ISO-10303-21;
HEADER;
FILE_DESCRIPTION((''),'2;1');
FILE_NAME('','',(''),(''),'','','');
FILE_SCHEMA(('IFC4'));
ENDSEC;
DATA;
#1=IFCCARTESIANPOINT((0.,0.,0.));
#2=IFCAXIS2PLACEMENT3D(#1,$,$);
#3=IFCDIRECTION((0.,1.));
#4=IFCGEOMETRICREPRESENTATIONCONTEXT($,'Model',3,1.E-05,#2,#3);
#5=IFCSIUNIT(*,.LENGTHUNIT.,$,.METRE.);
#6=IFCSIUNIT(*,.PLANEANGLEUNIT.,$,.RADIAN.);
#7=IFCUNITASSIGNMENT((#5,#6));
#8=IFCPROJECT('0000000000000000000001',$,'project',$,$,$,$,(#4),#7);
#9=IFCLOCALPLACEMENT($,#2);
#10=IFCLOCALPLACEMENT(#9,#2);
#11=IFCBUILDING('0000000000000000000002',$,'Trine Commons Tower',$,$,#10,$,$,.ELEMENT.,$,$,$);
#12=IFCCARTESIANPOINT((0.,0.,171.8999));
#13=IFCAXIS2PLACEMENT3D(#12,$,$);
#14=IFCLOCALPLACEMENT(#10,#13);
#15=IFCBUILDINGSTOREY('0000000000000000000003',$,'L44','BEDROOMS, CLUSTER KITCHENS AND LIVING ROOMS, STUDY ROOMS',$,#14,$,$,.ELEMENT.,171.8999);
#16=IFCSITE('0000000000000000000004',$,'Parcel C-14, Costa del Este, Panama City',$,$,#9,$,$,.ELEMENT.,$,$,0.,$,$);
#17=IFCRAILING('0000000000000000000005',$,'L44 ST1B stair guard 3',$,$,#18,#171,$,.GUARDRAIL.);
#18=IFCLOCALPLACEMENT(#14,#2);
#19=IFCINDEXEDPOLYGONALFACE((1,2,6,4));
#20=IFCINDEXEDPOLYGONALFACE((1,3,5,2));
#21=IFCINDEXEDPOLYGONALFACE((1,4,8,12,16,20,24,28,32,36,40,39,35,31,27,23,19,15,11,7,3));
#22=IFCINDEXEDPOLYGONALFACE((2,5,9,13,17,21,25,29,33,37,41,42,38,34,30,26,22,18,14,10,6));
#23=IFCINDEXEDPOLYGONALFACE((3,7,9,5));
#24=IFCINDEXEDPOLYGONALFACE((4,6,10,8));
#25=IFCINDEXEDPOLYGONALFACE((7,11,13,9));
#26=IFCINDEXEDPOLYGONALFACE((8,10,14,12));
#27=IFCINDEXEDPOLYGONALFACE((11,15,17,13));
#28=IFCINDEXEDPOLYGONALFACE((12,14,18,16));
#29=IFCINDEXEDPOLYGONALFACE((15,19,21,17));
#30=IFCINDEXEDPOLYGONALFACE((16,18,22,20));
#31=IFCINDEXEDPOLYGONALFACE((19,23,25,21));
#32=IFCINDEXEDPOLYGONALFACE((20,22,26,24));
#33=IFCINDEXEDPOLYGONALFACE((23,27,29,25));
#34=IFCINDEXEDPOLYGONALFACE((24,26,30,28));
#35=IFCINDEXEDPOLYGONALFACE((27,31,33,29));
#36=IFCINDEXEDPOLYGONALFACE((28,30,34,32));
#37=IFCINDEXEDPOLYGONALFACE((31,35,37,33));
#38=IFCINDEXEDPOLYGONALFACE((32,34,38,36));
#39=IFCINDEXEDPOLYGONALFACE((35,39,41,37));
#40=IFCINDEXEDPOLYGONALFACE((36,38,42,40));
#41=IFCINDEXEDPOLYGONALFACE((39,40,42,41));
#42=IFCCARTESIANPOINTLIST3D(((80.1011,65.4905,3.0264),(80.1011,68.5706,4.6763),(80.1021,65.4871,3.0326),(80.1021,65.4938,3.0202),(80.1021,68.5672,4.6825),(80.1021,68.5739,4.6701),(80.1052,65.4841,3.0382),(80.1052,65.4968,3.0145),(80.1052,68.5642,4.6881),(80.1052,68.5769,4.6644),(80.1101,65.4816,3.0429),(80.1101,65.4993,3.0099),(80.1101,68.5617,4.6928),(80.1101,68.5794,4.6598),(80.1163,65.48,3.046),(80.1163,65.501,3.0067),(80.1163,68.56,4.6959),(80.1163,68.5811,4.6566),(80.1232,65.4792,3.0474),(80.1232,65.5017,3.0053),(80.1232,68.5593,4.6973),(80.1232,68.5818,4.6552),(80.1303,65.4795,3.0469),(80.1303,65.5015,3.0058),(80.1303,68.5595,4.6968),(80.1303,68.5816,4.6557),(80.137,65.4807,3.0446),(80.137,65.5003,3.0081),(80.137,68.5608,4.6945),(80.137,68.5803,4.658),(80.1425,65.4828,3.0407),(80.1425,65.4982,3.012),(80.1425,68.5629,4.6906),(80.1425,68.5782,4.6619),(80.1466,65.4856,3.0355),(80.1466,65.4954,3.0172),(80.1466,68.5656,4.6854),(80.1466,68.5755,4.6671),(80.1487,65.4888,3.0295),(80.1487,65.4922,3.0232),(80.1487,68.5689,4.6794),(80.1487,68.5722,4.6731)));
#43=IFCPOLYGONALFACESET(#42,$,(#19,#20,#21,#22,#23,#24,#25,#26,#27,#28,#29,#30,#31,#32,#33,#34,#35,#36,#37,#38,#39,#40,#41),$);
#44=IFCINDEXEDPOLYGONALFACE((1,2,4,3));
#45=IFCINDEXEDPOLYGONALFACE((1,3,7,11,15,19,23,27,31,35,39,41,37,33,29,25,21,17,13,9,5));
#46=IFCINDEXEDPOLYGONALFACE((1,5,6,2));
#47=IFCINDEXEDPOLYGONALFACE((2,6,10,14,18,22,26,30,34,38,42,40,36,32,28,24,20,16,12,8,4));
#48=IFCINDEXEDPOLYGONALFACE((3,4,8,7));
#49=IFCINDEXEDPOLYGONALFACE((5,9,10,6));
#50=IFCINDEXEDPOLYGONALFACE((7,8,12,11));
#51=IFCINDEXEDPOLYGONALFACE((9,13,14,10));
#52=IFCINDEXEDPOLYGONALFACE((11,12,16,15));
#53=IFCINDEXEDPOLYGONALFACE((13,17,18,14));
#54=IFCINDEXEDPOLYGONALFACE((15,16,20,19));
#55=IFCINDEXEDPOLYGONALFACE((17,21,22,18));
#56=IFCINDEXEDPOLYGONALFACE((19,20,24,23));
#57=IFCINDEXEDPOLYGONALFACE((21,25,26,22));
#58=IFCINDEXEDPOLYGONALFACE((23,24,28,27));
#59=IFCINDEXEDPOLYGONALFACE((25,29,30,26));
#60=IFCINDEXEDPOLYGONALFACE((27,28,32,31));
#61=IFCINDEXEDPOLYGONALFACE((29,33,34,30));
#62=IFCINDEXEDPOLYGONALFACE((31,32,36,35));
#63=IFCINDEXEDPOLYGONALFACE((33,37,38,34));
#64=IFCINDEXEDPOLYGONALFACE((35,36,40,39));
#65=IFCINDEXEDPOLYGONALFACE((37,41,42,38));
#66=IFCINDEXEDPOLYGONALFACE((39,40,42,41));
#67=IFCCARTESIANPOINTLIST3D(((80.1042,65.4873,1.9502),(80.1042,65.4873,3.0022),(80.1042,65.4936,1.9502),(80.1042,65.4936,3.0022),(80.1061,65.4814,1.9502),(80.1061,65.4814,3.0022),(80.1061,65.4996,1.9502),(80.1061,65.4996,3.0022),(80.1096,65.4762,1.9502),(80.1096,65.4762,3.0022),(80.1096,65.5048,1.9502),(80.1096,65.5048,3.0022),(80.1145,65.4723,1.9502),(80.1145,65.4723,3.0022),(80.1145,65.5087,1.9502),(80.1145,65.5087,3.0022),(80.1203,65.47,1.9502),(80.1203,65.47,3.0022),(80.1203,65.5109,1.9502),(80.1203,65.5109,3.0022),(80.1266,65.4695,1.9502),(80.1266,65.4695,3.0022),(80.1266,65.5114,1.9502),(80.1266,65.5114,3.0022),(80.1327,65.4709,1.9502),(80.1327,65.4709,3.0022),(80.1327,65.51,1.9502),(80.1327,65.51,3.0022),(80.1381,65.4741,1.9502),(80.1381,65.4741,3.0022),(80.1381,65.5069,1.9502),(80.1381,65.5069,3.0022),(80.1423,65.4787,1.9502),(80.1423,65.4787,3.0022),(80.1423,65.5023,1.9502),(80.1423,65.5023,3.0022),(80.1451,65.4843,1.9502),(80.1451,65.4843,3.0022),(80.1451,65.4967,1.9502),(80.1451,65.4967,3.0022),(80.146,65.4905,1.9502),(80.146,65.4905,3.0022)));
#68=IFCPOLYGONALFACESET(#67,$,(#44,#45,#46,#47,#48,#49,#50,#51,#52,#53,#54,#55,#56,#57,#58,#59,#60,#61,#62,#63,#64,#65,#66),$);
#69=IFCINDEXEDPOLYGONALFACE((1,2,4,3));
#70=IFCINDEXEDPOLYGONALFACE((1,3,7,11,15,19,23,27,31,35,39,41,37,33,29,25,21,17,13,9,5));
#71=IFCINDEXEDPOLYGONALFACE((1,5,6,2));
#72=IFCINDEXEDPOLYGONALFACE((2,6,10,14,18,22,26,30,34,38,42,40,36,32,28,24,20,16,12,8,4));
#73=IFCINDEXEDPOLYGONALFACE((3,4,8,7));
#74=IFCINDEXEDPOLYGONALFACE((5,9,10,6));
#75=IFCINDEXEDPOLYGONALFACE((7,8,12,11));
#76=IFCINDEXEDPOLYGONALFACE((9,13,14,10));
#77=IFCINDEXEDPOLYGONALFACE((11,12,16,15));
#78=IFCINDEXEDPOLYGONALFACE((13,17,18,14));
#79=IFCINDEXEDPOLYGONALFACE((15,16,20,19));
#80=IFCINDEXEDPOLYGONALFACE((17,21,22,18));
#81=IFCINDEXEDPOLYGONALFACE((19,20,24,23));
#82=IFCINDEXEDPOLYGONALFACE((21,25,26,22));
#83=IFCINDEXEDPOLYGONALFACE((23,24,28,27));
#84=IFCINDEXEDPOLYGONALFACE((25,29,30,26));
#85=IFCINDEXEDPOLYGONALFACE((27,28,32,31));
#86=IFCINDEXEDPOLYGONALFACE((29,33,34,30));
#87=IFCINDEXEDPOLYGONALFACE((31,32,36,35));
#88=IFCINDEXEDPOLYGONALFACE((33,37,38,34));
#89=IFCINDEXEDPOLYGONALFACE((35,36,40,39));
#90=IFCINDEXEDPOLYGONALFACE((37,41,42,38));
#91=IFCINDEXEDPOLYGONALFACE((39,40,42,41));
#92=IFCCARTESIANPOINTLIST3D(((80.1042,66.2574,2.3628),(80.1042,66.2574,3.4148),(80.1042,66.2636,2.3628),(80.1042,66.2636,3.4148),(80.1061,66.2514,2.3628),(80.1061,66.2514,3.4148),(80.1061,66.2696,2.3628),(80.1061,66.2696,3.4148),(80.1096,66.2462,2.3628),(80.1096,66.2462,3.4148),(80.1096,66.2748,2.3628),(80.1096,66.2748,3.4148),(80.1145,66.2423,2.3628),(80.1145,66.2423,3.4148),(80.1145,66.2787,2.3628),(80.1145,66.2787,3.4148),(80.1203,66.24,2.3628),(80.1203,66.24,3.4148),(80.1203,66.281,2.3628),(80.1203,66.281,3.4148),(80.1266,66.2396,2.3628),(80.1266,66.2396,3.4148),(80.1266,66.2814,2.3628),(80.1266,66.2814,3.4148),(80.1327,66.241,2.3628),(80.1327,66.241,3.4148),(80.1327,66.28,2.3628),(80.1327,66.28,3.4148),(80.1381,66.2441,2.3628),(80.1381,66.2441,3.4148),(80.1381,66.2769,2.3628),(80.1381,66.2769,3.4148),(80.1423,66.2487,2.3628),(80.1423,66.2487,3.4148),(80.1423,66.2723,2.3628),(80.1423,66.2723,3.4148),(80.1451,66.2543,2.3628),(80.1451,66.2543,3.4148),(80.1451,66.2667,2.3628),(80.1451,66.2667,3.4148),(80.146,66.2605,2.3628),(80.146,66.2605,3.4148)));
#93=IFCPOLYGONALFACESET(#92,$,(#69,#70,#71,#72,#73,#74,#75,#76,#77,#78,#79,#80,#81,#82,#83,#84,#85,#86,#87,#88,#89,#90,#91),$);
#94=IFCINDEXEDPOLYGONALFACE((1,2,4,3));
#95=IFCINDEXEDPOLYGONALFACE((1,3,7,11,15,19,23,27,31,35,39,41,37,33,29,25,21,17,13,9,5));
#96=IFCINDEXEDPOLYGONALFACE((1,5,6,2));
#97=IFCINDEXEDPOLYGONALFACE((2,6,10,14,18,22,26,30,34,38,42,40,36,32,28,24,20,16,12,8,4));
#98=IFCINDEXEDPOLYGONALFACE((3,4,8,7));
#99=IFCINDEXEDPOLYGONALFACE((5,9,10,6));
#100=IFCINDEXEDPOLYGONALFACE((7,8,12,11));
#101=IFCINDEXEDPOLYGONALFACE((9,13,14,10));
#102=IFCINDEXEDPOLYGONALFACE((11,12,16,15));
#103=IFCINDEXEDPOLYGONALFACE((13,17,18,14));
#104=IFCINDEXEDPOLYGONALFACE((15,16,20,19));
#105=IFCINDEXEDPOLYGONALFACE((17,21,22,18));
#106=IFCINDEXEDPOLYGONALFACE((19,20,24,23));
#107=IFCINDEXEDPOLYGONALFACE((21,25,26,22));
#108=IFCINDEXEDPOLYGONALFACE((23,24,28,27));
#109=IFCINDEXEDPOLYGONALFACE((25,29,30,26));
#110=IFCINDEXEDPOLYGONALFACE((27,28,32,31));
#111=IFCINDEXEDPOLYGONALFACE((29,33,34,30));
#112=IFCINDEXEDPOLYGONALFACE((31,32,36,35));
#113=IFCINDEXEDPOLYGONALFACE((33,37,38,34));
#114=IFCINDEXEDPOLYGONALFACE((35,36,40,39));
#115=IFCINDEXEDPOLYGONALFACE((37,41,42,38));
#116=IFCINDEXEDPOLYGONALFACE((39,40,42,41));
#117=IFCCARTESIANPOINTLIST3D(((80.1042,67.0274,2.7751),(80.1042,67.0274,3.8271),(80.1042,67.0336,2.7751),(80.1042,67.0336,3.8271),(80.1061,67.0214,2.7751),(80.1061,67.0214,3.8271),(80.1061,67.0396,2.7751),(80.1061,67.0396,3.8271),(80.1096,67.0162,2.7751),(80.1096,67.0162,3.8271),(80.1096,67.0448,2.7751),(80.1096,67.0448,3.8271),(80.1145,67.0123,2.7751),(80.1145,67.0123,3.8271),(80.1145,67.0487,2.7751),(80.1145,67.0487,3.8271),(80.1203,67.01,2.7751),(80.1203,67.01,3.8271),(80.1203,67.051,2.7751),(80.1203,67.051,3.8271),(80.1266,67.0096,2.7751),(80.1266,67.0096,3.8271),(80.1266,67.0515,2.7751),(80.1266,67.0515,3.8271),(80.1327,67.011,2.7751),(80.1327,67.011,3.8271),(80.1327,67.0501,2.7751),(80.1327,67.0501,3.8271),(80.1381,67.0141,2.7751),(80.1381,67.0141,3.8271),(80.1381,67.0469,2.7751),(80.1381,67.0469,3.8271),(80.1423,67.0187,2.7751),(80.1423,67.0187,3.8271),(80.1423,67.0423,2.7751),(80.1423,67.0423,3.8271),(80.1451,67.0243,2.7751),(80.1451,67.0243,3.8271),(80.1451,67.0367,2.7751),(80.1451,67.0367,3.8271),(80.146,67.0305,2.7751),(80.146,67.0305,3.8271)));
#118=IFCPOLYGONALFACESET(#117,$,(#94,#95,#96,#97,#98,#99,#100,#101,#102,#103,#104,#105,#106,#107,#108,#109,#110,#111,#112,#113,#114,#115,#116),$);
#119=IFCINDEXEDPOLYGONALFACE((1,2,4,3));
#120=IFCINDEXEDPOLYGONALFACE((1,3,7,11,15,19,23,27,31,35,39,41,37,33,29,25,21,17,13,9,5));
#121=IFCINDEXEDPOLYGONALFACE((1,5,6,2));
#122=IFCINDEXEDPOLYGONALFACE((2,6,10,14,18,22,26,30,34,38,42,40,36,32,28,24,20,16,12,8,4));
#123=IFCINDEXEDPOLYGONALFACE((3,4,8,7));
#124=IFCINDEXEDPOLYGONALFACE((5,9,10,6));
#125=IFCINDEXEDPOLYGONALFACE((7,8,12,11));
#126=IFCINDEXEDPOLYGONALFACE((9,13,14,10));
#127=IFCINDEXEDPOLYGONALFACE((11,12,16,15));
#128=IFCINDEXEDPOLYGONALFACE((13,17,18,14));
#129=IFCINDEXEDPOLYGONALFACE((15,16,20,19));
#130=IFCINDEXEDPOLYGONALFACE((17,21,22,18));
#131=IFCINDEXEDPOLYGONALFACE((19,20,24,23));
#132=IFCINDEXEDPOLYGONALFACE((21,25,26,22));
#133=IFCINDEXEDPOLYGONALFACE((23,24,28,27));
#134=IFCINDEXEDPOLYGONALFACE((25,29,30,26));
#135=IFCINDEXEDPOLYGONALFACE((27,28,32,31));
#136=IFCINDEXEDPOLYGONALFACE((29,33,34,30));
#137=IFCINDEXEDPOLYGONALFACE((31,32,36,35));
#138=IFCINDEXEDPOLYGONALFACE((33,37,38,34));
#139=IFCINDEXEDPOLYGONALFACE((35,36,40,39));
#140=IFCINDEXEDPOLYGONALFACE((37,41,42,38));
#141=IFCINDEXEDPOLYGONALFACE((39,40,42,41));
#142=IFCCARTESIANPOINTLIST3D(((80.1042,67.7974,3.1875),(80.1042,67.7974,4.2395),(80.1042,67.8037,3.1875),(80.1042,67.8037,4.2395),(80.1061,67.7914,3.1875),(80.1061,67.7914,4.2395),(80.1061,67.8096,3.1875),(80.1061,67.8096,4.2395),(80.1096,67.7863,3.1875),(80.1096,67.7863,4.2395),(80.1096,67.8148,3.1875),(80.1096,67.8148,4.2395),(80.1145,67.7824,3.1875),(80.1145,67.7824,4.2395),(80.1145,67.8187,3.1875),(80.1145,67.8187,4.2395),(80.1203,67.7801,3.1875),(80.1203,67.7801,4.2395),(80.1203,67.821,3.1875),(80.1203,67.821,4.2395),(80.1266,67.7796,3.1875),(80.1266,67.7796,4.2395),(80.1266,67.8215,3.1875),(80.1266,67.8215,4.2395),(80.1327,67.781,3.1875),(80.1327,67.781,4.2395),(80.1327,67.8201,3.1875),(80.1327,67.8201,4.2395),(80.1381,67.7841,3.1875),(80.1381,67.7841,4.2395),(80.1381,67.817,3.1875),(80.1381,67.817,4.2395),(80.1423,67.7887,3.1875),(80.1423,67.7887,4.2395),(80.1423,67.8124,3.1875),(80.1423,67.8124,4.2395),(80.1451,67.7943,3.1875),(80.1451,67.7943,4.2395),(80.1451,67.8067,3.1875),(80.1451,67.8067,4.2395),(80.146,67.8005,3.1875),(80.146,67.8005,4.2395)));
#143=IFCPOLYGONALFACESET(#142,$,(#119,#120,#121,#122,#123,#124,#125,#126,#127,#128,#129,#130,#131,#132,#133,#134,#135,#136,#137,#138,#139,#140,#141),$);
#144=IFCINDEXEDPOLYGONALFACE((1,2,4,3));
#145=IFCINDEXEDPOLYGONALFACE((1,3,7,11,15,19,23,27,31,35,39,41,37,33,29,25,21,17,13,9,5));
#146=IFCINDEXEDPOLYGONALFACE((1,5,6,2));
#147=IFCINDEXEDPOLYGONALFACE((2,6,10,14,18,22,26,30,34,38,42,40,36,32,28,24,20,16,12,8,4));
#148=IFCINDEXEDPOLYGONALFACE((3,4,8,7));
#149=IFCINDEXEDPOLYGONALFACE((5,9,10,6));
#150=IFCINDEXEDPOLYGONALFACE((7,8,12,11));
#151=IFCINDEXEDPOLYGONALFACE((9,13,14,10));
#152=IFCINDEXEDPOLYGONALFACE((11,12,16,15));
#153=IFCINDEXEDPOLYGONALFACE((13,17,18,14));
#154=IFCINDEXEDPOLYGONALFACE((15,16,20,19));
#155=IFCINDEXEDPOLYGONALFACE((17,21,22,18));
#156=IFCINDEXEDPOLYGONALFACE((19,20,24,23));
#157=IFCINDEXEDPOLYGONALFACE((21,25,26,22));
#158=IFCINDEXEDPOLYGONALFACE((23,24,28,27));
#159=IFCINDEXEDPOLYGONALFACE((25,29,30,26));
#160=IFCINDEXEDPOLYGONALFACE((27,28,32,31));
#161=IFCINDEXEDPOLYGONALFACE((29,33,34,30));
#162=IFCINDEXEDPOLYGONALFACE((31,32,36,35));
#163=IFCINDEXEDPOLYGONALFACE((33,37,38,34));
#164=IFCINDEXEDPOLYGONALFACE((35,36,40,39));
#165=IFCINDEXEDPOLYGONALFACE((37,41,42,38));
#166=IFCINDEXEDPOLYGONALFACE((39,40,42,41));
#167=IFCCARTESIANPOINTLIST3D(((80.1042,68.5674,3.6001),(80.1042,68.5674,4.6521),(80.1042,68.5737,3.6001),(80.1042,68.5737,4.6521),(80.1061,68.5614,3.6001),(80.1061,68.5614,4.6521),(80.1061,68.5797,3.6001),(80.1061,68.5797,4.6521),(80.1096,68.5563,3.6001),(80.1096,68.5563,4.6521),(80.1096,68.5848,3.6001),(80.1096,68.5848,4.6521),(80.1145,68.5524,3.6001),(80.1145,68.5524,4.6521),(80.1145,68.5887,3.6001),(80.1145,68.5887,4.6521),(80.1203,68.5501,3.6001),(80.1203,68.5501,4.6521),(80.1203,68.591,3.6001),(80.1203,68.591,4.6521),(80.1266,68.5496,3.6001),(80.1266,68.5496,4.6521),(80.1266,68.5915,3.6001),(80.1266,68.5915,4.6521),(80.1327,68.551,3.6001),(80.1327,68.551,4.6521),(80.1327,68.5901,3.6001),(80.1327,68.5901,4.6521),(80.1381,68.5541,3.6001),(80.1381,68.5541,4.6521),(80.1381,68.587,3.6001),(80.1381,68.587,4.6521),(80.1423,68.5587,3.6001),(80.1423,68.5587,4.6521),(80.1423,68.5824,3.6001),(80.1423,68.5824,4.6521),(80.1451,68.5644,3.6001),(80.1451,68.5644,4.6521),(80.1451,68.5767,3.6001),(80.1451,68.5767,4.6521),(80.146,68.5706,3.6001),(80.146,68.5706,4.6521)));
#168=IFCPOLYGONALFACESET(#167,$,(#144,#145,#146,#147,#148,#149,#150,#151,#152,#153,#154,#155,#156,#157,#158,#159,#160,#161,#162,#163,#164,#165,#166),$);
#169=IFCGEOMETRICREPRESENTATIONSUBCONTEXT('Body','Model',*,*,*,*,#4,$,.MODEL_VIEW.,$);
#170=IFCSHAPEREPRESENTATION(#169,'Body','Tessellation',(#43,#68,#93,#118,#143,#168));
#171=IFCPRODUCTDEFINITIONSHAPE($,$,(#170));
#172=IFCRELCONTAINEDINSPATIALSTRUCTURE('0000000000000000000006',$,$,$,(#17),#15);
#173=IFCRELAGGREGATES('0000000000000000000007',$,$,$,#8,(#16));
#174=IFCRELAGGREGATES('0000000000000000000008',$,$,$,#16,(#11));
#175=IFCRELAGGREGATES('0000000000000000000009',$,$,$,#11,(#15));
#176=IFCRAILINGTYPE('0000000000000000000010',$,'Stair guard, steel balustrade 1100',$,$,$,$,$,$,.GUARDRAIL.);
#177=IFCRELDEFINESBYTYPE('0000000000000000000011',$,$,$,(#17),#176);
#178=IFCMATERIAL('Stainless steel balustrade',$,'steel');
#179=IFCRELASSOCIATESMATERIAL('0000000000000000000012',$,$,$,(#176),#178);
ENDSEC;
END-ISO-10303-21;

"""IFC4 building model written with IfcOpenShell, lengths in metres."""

from ifc_helpers import new_model, si_unit, direction, frame, origin, origin_2d, place, context, subcontext, project, spatial, circle, extrude, material, type_object, element, save


model = new_model("IFC4")

# Units and contexts
model_context = context("Model", 3, precision=1e-05, world=origin(), true_north=direction((0.0, 1.0)))
body_context = subcontext(model_context, "Body", "Model", "MODEL_VIEW")
ifc_project = project(units=[si_unit("LENGTHUNIT", "METRE"), si_unit("PLANEANGLEUNIT", "RADIAN")], contexts=[model_context])

# Site, building, storey
site_placement = place(None, origin())
site = spatial("IfcSite", under=ifc_project, at=site_placement, Name="Parcel C-14, Costa del Este, Panama City", CompositionType="ELEMENT", RefElevation=0.0)
building_placement = place(site_placement, origin())
building = spatial("IfcBuilding", under=site, at=building_placement, Name="Trine Commons Tower", CompositionType="ELEMENT")
storey_placement = place(building_placement, frame((0.0, 0.0, 171.8999)))
storey = spatial("IfcBuildingStorey", under=building, at=storey_placement, Name="L44", Description="BEDROOMS, CLUSTER KITCHENS AND LIVING ROOMS, STUDY ROOMS", CompositionType="ELEMENT", Elevation=171.8999)

# Railing
ifc_material_1 = material(Name="Stainless steel balustrade", Category="steel")
railing_type_1 = type_object("IfcRailingType", Name="Stair guard, steel balustrade 1100", PredefinedType="GUARDRAIL", material=ifc_material_1)
railing_1_placement = place(storey_placement, frame((80.125, 65.4905, 1.9502)))
element("IfcRailing", 1, at=railing_1_placement, inside=storey, type_object=railing_type_1, Name="L44 ST1B stair guard 3", PredefinedType="GUARDRAIL", context=body_context, shape_type="SweptSolid", body=[
    extrude(circle(Radius=0.0239, at=origin_2d()), frame((0.0, 0.0, 1.0762), z_axis=(0.0, 0.881497, 0.47219), x_axis=(-1.0, 0.0, 0.0)), (0.0, 0.0, 1.0), 3.4941),
    extrude(circle(Radius=0.021, at=origin_2d()), origin(), (0.0, 0.0, 1.0), 1.052),
    extrude(circle(Radius=0.021, at=origin_2d()), frame((0.0, 0.77, 0.4126)), (0.0, 0.0, 1.0), 1.052),
    extrude(circle(Radius=0.021, at=origin_2d()), frame((0.0, 1.54, 0.825)), (0.0, 0.0, 1.0), 1.052),
    extrude(circle(Radius=0.021, at=origin_2d()), frame((0.0, 2.3101, 1.2373)), (0.0, 0.0, 1.0), 1.052),
    extrude(circle(Radius=0.021, at=origin_2d()), frame((0.0, 3.0801, 1.6499)), (0.0, 0.0, 1.0), 1.052),
])

save(model, "model.ifc")
